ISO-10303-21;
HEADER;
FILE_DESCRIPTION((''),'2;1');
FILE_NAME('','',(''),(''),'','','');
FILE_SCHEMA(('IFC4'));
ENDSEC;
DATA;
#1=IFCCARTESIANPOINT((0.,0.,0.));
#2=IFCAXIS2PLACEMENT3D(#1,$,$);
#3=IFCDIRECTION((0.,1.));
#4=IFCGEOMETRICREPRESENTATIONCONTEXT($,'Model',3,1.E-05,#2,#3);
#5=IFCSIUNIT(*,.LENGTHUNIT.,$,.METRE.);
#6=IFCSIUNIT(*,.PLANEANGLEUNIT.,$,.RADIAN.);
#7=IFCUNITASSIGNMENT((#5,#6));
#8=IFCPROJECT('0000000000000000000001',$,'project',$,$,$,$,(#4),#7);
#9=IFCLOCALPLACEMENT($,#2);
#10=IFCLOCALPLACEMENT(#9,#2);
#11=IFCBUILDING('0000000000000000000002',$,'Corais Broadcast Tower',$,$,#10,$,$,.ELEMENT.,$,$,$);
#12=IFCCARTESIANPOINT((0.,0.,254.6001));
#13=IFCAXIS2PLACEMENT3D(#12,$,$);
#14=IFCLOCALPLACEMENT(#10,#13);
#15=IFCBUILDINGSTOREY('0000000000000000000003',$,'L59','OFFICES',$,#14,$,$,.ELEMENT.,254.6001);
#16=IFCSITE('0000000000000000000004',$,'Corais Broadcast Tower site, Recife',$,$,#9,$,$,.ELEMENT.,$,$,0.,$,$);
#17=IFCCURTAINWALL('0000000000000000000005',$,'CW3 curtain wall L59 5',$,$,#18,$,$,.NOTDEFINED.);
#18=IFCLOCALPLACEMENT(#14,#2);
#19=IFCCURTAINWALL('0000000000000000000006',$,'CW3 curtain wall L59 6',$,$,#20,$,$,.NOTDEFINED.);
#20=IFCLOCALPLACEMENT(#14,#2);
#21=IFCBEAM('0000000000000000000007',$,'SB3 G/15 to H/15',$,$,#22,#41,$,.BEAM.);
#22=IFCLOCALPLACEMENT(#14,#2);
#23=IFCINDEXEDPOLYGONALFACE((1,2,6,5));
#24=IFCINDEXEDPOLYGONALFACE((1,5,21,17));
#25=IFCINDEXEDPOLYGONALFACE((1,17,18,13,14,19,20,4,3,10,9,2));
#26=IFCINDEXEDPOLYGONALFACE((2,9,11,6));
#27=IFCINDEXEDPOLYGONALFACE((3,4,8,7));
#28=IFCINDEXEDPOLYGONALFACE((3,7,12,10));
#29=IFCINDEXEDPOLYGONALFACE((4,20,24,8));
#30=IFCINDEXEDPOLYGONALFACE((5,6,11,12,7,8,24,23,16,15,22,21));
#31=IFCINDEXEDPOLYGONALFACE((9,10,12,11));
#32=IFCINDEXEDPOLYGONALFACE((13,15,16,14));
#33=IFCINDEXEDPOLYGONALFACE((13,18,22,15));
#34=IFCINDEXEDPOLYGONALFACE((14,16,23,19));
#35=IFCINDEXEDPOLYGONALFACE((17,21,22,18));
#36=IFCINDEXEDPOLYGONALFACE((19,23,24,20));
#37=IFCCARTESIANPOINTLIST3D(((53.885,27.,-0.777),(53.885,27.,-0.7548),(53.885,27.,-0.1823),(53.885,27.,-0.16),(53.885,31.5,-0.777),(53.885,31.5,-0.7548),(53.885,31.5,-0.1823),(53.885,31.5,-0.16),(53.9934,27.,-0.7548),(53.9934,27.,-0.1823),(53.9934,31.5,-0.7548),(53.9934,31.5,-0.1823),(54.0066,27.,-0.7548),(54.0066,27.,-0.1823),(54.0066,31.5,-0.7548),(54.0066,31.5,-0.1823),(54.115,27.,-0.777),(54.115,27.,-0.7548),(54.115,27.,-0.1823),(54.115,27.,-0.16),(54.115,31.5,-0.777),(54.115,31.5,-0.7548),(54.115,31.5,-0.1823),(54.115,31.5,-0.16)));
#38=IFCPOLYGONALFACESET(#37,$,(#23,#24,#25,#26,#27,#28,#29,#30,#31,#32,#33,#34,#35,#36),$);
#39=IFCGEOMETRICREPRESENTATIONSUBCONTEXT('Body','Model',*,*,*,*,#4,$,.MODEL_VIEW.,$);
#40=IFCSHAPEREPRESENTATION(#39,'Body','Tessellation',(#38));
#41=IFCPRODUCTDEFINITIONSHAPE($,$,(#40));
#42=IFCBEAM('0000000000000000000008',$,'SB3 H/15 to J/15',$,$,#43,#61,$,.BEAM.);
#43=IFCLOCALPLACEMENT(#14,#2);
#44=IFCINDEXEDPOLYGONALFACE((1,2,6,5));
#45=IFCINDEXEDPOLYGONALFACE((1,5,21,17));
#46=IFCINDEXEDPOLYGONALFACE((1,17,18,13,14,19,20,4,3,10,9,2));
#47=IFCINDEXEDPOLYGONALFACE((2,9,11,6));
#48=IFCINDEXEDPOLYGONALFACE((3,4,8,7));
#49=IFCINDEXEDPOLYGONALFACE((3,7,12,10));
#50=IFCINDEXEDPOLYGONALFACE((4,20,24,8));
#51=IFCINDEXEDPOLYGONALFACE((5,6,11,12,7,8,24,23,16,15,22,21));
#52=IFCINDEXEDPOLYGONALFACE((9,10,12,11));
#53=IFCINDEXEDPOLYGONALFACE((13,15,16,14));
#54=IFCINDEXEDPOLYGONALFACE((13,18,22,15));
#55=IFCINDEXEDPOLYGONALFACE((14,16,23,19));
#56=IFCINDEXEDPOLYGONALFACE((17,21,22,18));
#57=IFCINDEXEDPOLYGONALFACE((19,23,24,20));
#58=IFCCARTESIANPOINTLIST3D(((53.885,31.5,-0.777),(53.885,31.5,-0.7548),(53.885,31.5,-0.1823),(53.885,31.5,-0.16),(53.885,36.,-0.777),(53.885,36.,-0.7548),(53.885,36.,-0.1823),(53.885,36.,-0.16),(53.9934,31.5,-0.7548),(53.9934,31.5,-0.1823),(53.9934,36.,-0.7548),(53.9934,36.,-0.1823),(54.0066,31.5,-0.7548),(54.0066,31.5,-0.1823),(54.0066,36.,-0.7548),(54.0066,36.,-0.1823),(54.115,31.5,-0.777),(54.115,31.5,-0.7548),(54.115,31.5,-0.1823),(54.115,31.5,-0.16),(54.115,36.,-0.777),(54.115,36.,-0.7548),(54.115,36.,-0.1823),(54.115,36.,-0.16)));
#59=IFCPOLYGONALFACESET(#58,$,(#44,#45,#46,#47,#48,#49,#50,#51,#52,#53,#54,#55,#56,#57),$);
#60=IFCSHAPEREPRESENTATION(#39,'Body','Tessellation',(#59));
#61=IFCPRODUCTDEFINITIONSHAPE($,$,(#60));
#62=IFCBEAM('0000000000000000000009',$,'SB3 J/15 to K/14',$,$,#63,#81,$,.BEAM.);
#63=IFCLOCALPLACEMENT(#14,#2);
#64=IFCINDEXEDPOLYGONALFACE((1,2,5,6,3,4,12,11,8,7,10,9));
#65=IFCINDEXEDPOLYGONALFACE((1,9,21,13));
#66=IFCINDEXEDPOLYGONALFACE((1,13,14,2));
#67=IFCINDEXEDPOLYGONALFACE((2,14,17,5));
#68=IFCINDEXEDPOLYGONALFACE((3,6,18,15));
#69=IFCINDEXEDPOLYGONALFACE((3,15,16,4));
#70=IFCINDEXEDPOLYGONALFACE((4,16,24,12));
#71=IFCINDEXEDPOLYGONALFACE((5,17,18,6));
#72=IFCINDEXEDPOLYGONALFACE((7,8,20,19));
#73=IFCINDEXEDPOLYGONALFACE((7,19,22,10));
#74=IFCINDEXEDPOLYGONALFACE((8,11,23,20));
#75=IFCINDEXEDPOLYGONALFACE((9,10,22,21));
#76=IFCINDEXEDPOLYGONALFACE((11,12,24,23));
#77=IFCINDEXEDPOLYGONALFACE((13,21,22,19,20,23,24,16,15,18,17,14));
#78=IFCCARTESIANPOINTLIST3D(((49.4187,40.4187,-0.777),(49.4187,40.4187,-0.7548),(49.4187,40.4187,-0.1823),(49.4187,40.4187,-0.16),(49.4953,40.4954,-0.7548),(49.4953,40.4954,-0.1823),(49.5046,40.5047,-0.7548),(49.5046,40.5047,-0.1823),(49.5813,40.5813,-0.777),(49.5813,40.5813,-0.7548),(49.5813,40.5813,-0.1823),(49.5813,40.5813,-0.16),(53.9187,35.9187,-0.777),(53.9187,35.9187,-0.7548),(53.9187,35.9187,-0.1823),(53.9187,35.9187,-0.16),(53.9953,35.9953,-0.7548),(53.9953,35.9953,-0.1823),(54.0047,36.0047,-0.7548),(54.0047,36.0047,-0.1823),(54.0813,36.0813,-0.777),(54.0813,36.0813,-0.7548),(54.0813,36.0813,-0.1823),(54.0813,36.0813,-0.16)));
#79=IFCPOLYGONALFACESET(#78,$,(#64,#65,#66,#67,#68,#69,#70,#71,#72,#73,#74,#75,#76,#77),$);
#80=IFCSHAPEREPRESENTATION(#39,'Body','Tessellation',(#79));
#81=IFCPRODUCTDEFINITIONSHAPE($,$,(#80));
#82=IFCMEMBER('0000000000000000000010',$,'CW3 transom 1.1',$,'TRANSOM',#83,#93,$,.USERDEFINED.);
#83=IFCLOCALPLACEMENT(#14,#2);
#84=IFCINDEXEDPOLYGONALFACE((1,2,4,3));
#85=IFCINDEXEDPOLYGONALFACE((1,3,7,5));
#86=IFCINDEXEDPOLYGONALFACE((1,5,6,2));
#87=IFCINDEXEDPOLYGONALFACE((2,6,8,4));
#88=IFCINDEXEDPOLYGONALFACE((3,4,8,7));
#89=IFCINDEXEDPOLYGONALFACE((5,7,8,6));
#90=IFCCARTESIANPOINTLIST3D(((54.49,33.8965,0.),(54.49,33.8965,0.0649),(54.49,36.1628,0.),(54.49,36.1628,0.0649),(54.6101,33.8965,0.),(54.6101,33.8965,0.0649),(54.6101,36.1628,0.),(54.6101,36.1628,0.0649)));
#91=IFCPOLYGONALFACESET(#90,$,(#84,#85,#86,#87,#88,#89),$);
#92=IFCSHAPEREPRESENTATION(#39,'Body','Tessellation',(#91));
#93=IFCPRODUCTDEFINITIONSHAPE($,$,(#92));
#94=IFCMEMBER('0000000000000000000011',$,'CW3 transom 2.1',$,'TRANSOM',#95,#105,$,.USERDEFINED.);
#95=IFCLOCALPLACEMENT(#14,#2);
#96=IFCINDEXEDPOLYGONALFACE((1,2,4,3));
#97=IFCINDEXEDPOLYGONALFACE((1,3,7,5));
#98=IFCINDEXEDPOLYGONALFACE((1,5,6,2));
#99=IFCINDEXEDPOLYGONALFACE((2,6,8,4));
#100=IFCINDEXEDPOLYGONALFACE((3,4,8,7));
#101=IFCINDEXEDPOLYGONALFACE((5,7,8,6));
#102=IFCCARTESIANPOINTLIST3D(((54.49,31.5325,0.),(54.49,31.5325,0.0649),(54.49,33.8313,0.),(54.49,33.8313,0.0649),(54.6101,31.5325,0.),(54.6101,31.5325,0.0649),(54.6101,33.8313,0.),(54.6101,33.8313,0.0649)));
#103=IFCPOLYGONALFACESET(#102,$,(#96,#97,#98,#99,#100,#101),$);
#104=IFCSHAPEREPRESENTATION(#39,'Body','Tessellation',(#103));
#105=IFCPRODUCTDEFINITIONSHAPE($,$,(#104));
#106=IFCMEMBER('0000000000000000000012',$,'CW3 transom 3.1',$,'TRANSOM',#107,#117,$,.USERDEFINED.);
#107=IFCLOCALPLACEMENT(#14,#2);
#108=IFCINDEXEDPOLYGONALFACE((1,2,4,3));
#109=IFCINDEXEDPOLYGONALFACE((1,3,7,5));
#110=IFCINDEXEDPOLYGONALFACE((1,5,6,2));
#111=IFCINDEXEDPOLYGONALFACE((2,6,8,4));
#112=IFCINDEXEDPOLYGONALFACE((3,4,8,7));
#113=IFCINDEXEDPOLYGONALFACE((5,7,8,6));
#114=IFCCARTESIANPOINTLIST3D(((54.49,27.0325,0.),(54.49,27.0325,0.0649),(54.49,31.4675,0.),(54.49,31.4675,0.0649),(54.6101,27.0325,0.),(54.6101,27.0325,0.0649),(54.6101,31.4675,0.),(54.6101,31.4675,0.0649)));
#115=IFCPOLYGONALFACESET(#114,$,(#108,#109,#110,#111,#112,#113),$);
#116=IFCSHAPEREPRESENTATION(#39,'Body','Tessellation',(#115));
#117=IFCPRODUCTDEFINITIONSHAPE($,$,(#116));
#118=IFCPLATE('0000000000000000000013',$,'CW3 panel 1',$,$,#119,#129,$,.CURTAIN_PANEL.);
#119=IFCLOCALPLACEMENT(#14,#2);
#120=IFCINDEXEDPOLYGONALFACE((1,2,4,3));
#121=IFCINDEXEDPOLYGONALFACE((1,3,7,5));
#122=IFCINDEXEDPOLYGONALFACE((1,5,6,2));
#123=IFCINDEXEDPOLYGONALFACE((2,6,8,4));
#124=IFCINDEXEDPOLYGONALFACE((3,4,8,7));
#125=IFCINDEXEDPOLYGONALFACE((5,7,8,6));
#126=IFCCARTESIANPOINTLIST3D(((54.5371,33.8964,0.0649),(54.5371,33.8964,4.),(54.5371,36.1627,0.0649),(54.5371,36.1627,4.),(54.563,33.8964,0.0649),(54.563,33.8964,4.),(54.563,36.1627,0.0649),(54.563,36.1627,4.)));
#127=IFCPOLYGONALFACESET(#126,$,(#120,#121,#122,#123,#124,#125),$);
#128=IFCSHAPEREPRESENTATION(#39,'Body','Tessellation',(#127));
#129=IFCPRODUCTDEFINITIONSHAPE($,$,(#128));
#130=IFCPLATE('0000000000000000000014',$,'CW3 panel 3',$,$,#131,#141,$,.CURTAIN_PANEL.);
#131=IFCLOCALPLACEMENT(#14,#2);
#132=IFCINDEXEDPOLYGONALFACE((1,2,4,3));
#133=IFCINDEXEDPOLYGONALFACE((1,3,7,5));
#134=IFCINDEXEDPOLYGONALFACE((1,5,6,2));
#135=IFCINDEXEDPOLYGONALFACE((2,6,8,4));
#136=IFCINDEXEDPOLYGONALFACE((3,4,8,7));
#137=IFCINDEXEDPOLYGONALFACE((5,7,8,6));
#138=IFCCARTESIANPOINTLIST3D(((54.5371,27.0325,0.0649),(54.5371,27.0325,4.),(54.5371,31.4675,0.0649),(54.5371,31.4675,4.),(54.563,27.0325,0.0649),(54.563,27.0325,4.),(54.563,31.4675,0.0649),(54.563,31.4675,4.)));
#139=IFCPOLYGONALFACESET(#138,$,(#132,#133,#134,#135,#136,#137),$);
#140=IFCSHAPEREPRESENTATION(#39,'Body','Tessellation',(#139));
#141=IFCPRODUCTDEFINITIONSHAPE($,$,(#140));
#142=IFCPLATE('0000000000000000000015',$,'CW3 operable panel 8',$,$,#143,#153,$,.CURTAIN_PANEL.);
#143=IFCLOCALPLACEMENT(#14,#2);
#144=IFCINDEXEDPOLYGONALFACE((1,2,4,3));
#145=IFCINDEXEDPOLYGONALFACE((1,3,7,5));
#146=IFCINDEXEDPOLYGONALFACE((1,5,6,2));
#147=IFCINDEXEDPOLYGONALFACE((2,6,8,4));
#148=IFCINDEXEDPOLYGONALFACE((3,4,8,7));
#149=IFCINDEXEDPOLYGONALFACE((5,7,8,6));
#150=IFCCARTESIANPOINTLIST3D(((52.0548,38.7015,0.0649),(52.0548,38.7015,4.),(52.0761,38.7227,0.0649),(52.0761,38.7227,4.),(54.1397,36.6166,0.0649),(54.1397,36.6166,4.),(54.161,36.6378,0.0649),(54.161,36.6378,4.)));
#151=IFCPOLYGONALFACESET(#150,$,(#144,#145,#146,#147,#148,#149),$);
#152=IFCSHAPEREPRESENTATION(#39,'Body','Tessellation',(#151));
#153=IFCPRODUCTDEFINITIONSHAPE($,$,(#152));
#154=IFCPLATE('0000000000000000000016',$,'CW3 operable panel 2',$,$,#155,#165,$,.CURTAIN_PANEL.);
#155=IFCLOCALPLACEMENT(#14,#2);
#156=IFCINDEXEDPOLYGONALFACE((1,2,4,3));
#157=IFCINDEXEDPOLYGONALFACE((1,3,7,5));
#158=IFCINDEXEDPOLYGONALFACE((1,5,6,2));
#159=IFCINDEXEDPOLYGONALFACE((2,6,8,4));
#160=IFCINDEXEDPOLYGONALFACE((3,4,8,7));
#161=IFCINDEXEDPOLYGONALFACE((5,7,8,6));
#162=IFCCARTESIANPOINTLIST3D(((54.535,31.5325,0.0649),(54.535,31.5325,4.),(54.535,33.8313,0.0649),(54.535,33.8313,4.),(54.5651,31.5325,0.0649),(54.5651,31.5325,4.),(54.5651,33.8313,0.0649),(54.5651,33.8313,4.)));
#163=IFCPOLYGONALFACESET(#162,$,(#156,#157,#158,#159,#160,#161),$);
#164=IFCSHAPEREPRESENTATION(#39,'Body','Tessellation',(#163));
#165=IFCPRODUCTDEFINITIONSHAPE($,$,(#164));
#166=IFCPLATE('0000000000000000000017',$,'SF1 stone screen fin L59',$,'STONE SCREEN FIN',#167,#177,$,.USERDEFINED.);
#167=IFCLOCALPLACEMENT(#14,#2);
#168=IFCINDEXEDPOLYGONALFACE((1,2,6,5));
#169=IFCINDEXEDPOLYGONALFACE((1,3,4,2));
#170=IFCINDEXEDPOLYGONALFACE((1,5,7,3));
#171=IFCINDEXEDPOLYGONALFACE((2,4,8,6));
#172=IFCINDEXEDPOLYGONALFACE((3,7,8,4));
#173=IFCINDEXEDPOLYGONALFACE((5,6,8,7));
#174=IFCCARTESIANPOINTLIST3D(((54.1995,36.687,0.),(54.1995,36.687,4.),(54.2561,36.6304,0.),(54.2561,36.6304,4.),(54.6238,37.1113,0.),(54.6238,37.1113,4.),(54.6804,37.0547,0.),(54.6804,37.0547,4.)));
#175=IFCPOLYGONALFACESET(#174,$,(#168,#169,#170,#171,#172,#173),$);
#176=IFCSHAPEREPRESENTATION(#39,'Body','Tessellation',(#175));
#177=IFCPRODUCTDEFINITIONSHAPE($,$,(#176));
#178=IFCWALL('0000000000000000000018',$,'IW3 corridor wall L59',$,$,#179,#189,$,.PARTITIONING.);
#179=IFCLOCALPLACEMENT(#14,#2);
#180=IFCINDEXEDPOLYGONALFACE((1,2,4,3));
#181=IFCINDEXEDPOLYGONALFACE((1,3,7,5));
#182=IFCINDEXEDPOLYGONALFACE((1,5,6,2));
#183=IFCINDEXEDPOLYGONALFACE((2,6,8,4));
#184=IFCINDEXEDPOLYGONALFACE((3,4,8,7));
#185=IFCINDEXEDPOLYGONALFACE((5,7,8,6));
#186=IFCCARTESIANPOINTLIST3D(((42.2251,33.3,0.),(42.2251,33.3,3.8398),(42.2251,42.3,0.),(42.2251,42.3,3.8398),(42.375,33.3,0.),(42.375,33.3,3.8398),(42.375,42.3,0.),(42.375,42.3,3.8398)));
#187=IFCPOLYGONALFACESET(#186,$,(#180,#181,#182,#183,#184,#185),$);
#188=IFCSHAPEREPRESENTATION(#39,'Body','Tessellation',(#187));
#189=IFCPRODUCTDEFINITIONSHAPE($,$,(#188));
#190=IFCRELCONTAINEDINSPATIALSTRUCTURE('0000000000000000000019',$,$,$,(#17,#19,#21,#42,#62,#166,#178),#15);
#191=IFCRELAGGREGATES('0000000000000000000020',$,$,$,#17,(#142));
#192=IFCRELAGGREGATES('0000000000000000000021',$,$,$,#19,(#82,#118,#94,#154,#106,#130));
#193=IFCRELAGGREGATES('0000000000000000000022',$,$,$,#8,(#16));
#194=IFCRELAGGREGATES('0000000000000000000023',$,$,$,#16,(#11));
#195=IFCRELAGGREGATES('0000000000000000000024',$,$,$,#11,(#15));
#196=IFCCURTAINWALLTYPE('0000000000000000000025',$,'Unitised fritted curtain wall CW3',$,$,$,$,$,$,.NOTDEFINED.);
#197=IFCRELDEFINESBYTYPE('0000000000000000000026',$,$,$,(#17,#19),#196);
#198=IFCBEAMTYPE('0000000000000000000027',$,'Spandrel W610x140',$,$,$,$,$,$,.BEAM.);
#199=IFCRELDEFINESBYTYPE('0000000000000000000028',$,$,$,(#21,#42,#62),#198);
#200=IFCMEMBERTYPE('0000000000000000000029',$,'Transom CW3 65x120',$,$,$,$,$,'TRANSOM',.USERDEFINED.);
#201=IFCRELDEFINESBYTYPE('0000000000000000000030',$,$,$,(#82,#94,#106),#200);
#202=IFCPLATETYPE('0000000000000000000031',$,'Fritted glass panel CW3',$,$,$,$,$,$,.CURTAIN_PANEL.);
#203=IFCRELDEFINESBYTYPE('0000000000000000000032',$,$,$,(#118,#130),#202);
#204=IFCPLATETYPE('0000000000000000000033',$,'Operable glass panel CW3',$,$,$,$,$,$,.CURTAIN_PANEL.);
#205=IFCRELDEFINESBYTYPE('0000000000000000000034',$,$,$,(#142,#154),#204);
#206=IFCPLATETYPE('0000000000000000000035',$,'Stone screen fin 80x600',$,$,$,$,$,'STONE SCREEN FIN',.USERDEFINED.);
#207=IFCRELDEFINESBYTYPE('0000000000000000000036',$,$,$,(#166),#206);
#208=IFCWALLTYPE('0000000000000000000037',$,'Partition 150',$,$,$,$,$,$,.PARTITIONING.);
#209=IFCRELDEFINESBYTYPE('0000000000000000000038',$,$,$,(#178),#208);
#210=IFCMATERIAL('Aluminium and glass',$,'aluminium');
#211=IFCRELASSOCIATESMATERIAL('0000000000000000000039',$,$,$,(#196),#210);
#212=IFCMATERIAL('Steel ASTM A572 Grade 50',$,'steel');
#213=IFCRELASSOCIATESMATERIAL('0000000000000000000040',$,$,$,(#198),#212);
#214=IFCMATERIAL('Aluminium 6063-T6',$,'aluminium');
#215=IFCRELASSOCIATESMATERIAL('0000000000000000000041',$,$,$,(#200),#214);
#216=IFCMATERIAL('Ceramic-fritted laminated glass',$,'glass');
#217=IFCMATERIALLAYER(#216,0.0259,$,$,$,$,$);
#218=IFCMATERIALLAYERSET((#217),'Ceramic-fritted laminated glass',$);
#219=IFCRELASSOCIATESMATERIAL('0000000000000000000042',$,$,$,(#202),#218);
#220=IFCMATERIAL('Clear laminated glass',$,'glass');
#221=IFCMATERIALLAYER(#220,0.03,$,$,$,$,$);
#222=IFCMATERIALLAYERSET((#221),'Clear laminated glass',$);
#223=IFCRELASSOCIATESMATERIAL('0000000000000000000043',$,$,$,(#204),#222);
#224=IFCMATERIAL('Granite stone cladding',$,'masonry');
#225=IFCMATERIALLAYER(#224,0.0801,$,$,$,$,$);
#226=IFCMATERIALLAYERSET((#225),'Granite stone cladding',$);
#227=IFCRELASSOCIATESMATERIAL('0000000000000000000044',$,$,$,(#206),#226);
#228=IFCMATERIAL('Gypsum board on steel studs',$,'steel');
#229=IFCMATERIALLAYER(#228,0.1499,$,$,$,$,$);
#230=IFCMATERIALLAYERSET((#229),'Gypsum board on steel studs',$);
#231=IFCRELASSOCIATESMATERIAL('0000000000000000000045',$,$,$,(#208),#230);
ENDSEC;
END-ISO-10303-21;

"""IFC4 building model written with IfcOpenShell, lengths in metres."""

from ifc_helpers import new_model, si_unit, direction, frame, frame_2d, origin, origin_2d, place, context, subcontext, project, spatial, rectangle, i_section, extrude, material, layer, layer_set, material_profile, profile_set, type_object, element, aggregate, save


model = new_model("IFC4")

# Units and contexts
model_context = context("Model", 3, precision=1e-05, world=origin(), true_north=direction((0.0, 1.0)))
body_context = subcontext(model_context, "Body", "Model", "MODEL_VIEW")
ifc_project = project(units=[si_unit("LENGTHUNIT", "METRE"), si_unit("PLANEANGLEUNIT", "RADIAN")], contexts=[model_context])

# Site, building, storey
site_placement = place(None, origin())
site = spatial("IfcSite", under=ifc_project, at=site_placement, Name="Corais Broadcast Tower site, Recife", CompositionType="ELEMENT", RefElevation=0.0)
building_placement = place(site_placement, origin())
building = spatial("IfcBuilding", under=site, at=building_placement, Name="Corais Broadcast Tower", CompositionType="ELEMENT")
storey_placement = place(building_placement, frame((0.0, 0.0, 254.6001)))
storey = spatial("IfcBuildingStorey", under=building, at=storey_placement, Name="L59", Description="OFFICES", CompositionType="ELEMENT", Elevation=254.6001)

# Curtain wall
ifc_material_1 = material(Name="Aluminium and glass", Category="aluminium")
curtain_wall_type = type_object("IfcCurtainWallType", Name="Unitised fritted curtain wall CW3", PredefinedType="NOTDEFINED", material=ifc_material_1)
curtain_wall_1_placement = place(storey_placement, origin())
curtain_wall_1 = element("IfcCurtainWall", 1, at=curtain_wall_1_placement, inside=storey, type_object=curtain_wall_type, Name="CW3 curtain wall L59 5", PredefinedType="NOTDEFINED")

# Curtain wall
curtain_wall_2_placement = place(storey_placement, origin())
curtain_wall_2 = element("IfcCurtainWall", 2, at=curtain_wall_2_placement, inside=storey, type_object=curtain_wall_type, Name="CW3 curtain wall L59 6", PredefinedType="NOTDEFINED")

# Beams
ifc_material_2 = material(Name="Steel ASTM A572 Grade 50", Category="steel")
ifc_material_profile_1 = material_profile(ifc_material_2, i_section(OverallWidth=0.23, OverallDepth=0.6169, WebThickness=0.0132, FlangeThickness=0.0222, at=origin_2d()), Name="W610x140")
ifc_profile_set_1 = profile_set([ifc_material_profile_1], Name="Steel ASTM A572 Grade 50")
beam_type_1 = type_object("IfcBeamType", Name="Spandrel W610x140", PredefinedType="BEAM", material=ifc_profile_set_1)
for number, where, z_axis, x_axis, name in (
    (3, (54.0, 27.0, -0.4685), (0.0, 1.0, 0.0), (-1.0, 0.0, 0.0), "SB3 G/15 to H/15"),
    (4, (54.0, 31.5, -0.4685), (0.0, 1.0, 0.0), (-1.0, 0.0, 0.0), "SB3 H/15 to J/15"),
):
    element("IfcBeam", number, at=place(storey_placement, frame(where, z_axis=z_axis, x_axis=x_axis)), inside=storey, type_object=beam_type_1, Name=name, PredefinedType="BEAM", context=body_context, shape_type="SweptSolid", body=[
        extrude(i_section(OverallWidth=0.23, OverallDepth=0.6169, WebThickness=0.0132, FlangeThickness=0.0222, at=origin_2d()), origin(), (0.0, 0.0, 1.0), 4.5),
    ])
beam_placement = place(storey_placement, frame((54.0, 36.0, -0.4685), z_axis=(-0.707107, 0.707107, 0.0), x_axis=(-0.707107, -0.707107, 0.0)))
element("IfcBeam", 5, at=beam_placement, inside=storey, type_object=beam_type_1, Name="SB3 J/15 to K/14", PredefinedType="BEAM", context=body_context, shape_type="SweptSolid", body=[
    extrude(i_section(OverallWidth=0.23, OverallDepth=0.6169, WebThickness=0.0132, FlangeThickness=0.0222, at=origin_2d()), origin(), (0.0, 0.0, 1.0), 6.364),
])

# Members
ifc_material_3 = material(Name="Aluminium 6063-T6", Category="aluminium")
ifc_material_profile_2 = material_profile(ifc_material_3, rectangle(XDim=0.1201, YDim=0.0649, at=origin_2d()), Name="Transom CW3 65x120")
ifc_profile_set_2 = profile_set([ifc_material_profile_2], Name="Aluminium 6063-T6")
member_type_1 = type_object("IfcMemberType", Name="Transom CW3 65x120", ElementType="TRANSOM", PredefinedType="USERDEFINED", material=ifc_profile_set_2)
member_1_placement = place(storey_placement, frame((54.55, 36.1628, 0.0325), z_axis=(0.0, -1.0, 0.0), x_axis=(1.0, 0.0, 0.0)))
member_1 = element("IfcMember", 6, at=member_1_placement, type_object=member_type_1, Name="CW3 transom 1.1", ObjectType="TRANSOM", PredefinedType="USERDEFINED", context=body_context, shape_type="SweptSolid", body=[
    extrude(rectangle(XDim=0.1201, YDim=0.0649, at=origin_2d()), origin(), (0.0, 0.0, 1.0), 2.2664),
])
member_2_placement = place(storey_placement, frame((54.55, 33.8313, 0.0325), z_axis=(0.0, -1.0, 0.0), x_axis=(1.0, 0.0, 0.0)))
member_2 = element("IfcMember", 7, at=member_2_placement, type_object=member_type_1, Name="CW3 transom 2.1", ObjectType="TRANSOM", PredefinedType="USERDEFINED", context=body_context, shape_type="SweptSolid", body=[
    extrude(rectangle(XDim=0.1201, YDim=0.0649, at=origin_2d()), origin(), (0.0, 0.0, 1.0), 2.2988),
])
member_3_placement = place(storey_placement, frame((54.55, 31.4675, 0.0325), z_axis=(0.0, -1.0, 0.0), x_axis=(1.0, 0.0, 0.0)))
member_3 = element("IfcMember", 8, at=member_3_placement, type_object=member_type_1, Name="CW3 transom 3.1", ObjectType="TRANSOM", PredefinedType="USERDEFINED", context=body_context, shape_type="SweptSolid", body=[
    extrude(rectangle(XDim=0.1201, YDim=0.0649, at=origin_2d()), origin(), (0.0, 0.0, 1.0), 4.4351),
])

# Plates
ifc_material_4 = material(Name="Ceramic-fritted laminated glass", Category="glass")
ifc_layer_1 = layer(ifc_material_4, 0.0259)
ifc_layer_set_1 = layer_set([ifc_layer_1], Name="Ceramic-fritted laminated glass")
plate_type_1 = type_object("IfcPlateType", Name="Fritted glass panel CW3", PredefinedType="CURTAIN_PANEL", material=ifc_layer_set_1)
plate_1_placement = place(storey_placement, frame((54.55, 35.0295, 0.0649), z_axis=(0.0, 0.0, 1.0), x_axis=(0.0, -1.0, 0.0)))
plate_1 = element("IfcPlate", 9, at=plate_1_placement, type_object=plate_type_1, Name="CW3 panel 1", PredefinedType="CURTAIN_PANEL", context=body_context, shape_type="SweptSolid", body=[
    extrude(rectangle(XDim=2.2664, YDim=0.0259, at=origin_2d()), origin(), (0.0, 0.0, 1.0), 3.9351),
])
plate_2_placement = place(storey_placement, frame((54.55, 29.25, 0.0649), z_axis=(0.0, 0.0, 1.0), x_axis=(0.0, -1.0, 0.0)))
plate_2 = element("IfcPlate", 10, at=plate_2_placement, type_object=plate_type_1, Name="CW3 panel 3", PredefinedType="CURTAIN_PANEL", context=body_context, shape_type="SweptSolid", body=[
    extrude(rectangle(XDim=4.4351, YDim=0.0259, at=origin_2d()), origin(), (0.0, 0.0, 1.0), 3.9351),
])
ifc_material_5 = material(Name="Clear laminated glass", Category="glass")
ifc_layer_2 = layer(ifc_material_5, 0.03)
ifc_layer_set_2 = layer_set([ifc_layer_2], Name="Clear laminated glass")
plate_type_2 = type_object("IfcPlateType", Name="Operable glass panel CW3", PredefinedType="CURTAIN_PANEL", material=ifc_layer_set_2)
plate_3_placement = place(storey_placement, frame((53.1079, 37.6697, 0.0649), z_axis=(0.0, 0.0, 1.0), x_axis=(0.707107, -0.707107, 0.0)))
plate_3 = element("IfcPlate", 11, at=plate_3_placement, type_object=plate_type_2, Name="CW3 operable panel 8", PredefinedType="CURTAIN_PANEL", context=body_context, shape_type="SweptSolid", body=[
    extrude(rectangle(XDim=2.9485, YDim=0.03, at=origin_2d()), origin(), (0.0, 0.0, 1.0), 3.9351),
])
aggregate(curtain_wall_1, [plate_3])
plate_4_placement = place(storey_placement, frame((54.55, 32.6819, 0.0649), z_axis=(0.0, 0.0, 1.0), x_axis=(0.0, -1.0, 0.0)))
plate_4 = element("IfcPlate", 12, at=plate_4_placement, type_object=plate_type_2, Name="CW3 operable panel 2", PredefinedType="CURTAIN_PANEL", context=body_context, shape_type="SweptSolid", body=[
    extrude(rectangle(XDim=2.2988, YDim=0.03, at=origin_2d()), origin(), (0.0, 0.0, 1.0), 3.9351),
])
aggregate(curtain_wall_2, [member_1, plate_1, member_2, plate_4, member_3, plate_2])
ifc_material_6 = material(Name="Granite stone cladding", Category="masonry")
ifc_layer_3 = layer(ifc_material_6, 0.0801)
ifc_layer_set_3 = layer_set([ifc_layer_3], Name="Granite stone cladding")
plate_type_3 = type_object("IfcPlateType", Name="Stone screen fin 80x600", ElementType="STONE SCREEN FIN", PredefinedType="USERDEFINED", material=ifc_layer_set_3)
plate_5_placement = place(storey_placement, frame((54.4399, 36.8708, 0.0), z_axis=(0.0, 0.0, 1.0), x_axis=(0.707107, -0.707107, 0.0)))
element("IfcPlate", 13, at=plate_5_placement, inside=storey, type_object=plate_type_3, Name="SF1 stone screen fin L59", ObjectType="STONE SCREEN FIN", PredefinedType="USERDEFINED", context=body_context, shape_type="SweptSolid", body=[
    extrude(rectangle(XDim=0.0801, YDim=0.6001, at=origin_2d()), origin(), (0.0, 0.0, 1.0), 4.0),
])

# Wall
ifc_material_7 = material(Name="Gypsum board on steel studs", Category="steel")
ifc_layer_4 = layer(ifc_material_7, 0.1499)
ifc_layer_set_4 = layer_set([ifc_layer_4], Name="Gypsum board on steel studs")
wall_type = type_object("IfcWallType", Name="Partition 150", PredefinedType="PARTITIONING", material=ifc_layer_set_4)
wall_1_placement = place(storey_placement, frame((42.3, 33.3, 0.0), z_axis=(0.0, 0.0, 1.0), x_axis=(0.0, 1.0, 0.0)))
element("IfcWall", 14, at=wall_1_placement, inside=storey, type_object=wall_type, Name="IW3 corridor wall L59", PredefinedType="PARTITIONING", context=body_context, shape_type="SweptSolid", body=[
    extrude(rectangle(XDim=9.0, YDim=0.1499, at=frame_2d((4.5, 0.0))), origin(), (0.0, 0.0, 1.0), 3.8398),
])

save(model, "model.ifc")
